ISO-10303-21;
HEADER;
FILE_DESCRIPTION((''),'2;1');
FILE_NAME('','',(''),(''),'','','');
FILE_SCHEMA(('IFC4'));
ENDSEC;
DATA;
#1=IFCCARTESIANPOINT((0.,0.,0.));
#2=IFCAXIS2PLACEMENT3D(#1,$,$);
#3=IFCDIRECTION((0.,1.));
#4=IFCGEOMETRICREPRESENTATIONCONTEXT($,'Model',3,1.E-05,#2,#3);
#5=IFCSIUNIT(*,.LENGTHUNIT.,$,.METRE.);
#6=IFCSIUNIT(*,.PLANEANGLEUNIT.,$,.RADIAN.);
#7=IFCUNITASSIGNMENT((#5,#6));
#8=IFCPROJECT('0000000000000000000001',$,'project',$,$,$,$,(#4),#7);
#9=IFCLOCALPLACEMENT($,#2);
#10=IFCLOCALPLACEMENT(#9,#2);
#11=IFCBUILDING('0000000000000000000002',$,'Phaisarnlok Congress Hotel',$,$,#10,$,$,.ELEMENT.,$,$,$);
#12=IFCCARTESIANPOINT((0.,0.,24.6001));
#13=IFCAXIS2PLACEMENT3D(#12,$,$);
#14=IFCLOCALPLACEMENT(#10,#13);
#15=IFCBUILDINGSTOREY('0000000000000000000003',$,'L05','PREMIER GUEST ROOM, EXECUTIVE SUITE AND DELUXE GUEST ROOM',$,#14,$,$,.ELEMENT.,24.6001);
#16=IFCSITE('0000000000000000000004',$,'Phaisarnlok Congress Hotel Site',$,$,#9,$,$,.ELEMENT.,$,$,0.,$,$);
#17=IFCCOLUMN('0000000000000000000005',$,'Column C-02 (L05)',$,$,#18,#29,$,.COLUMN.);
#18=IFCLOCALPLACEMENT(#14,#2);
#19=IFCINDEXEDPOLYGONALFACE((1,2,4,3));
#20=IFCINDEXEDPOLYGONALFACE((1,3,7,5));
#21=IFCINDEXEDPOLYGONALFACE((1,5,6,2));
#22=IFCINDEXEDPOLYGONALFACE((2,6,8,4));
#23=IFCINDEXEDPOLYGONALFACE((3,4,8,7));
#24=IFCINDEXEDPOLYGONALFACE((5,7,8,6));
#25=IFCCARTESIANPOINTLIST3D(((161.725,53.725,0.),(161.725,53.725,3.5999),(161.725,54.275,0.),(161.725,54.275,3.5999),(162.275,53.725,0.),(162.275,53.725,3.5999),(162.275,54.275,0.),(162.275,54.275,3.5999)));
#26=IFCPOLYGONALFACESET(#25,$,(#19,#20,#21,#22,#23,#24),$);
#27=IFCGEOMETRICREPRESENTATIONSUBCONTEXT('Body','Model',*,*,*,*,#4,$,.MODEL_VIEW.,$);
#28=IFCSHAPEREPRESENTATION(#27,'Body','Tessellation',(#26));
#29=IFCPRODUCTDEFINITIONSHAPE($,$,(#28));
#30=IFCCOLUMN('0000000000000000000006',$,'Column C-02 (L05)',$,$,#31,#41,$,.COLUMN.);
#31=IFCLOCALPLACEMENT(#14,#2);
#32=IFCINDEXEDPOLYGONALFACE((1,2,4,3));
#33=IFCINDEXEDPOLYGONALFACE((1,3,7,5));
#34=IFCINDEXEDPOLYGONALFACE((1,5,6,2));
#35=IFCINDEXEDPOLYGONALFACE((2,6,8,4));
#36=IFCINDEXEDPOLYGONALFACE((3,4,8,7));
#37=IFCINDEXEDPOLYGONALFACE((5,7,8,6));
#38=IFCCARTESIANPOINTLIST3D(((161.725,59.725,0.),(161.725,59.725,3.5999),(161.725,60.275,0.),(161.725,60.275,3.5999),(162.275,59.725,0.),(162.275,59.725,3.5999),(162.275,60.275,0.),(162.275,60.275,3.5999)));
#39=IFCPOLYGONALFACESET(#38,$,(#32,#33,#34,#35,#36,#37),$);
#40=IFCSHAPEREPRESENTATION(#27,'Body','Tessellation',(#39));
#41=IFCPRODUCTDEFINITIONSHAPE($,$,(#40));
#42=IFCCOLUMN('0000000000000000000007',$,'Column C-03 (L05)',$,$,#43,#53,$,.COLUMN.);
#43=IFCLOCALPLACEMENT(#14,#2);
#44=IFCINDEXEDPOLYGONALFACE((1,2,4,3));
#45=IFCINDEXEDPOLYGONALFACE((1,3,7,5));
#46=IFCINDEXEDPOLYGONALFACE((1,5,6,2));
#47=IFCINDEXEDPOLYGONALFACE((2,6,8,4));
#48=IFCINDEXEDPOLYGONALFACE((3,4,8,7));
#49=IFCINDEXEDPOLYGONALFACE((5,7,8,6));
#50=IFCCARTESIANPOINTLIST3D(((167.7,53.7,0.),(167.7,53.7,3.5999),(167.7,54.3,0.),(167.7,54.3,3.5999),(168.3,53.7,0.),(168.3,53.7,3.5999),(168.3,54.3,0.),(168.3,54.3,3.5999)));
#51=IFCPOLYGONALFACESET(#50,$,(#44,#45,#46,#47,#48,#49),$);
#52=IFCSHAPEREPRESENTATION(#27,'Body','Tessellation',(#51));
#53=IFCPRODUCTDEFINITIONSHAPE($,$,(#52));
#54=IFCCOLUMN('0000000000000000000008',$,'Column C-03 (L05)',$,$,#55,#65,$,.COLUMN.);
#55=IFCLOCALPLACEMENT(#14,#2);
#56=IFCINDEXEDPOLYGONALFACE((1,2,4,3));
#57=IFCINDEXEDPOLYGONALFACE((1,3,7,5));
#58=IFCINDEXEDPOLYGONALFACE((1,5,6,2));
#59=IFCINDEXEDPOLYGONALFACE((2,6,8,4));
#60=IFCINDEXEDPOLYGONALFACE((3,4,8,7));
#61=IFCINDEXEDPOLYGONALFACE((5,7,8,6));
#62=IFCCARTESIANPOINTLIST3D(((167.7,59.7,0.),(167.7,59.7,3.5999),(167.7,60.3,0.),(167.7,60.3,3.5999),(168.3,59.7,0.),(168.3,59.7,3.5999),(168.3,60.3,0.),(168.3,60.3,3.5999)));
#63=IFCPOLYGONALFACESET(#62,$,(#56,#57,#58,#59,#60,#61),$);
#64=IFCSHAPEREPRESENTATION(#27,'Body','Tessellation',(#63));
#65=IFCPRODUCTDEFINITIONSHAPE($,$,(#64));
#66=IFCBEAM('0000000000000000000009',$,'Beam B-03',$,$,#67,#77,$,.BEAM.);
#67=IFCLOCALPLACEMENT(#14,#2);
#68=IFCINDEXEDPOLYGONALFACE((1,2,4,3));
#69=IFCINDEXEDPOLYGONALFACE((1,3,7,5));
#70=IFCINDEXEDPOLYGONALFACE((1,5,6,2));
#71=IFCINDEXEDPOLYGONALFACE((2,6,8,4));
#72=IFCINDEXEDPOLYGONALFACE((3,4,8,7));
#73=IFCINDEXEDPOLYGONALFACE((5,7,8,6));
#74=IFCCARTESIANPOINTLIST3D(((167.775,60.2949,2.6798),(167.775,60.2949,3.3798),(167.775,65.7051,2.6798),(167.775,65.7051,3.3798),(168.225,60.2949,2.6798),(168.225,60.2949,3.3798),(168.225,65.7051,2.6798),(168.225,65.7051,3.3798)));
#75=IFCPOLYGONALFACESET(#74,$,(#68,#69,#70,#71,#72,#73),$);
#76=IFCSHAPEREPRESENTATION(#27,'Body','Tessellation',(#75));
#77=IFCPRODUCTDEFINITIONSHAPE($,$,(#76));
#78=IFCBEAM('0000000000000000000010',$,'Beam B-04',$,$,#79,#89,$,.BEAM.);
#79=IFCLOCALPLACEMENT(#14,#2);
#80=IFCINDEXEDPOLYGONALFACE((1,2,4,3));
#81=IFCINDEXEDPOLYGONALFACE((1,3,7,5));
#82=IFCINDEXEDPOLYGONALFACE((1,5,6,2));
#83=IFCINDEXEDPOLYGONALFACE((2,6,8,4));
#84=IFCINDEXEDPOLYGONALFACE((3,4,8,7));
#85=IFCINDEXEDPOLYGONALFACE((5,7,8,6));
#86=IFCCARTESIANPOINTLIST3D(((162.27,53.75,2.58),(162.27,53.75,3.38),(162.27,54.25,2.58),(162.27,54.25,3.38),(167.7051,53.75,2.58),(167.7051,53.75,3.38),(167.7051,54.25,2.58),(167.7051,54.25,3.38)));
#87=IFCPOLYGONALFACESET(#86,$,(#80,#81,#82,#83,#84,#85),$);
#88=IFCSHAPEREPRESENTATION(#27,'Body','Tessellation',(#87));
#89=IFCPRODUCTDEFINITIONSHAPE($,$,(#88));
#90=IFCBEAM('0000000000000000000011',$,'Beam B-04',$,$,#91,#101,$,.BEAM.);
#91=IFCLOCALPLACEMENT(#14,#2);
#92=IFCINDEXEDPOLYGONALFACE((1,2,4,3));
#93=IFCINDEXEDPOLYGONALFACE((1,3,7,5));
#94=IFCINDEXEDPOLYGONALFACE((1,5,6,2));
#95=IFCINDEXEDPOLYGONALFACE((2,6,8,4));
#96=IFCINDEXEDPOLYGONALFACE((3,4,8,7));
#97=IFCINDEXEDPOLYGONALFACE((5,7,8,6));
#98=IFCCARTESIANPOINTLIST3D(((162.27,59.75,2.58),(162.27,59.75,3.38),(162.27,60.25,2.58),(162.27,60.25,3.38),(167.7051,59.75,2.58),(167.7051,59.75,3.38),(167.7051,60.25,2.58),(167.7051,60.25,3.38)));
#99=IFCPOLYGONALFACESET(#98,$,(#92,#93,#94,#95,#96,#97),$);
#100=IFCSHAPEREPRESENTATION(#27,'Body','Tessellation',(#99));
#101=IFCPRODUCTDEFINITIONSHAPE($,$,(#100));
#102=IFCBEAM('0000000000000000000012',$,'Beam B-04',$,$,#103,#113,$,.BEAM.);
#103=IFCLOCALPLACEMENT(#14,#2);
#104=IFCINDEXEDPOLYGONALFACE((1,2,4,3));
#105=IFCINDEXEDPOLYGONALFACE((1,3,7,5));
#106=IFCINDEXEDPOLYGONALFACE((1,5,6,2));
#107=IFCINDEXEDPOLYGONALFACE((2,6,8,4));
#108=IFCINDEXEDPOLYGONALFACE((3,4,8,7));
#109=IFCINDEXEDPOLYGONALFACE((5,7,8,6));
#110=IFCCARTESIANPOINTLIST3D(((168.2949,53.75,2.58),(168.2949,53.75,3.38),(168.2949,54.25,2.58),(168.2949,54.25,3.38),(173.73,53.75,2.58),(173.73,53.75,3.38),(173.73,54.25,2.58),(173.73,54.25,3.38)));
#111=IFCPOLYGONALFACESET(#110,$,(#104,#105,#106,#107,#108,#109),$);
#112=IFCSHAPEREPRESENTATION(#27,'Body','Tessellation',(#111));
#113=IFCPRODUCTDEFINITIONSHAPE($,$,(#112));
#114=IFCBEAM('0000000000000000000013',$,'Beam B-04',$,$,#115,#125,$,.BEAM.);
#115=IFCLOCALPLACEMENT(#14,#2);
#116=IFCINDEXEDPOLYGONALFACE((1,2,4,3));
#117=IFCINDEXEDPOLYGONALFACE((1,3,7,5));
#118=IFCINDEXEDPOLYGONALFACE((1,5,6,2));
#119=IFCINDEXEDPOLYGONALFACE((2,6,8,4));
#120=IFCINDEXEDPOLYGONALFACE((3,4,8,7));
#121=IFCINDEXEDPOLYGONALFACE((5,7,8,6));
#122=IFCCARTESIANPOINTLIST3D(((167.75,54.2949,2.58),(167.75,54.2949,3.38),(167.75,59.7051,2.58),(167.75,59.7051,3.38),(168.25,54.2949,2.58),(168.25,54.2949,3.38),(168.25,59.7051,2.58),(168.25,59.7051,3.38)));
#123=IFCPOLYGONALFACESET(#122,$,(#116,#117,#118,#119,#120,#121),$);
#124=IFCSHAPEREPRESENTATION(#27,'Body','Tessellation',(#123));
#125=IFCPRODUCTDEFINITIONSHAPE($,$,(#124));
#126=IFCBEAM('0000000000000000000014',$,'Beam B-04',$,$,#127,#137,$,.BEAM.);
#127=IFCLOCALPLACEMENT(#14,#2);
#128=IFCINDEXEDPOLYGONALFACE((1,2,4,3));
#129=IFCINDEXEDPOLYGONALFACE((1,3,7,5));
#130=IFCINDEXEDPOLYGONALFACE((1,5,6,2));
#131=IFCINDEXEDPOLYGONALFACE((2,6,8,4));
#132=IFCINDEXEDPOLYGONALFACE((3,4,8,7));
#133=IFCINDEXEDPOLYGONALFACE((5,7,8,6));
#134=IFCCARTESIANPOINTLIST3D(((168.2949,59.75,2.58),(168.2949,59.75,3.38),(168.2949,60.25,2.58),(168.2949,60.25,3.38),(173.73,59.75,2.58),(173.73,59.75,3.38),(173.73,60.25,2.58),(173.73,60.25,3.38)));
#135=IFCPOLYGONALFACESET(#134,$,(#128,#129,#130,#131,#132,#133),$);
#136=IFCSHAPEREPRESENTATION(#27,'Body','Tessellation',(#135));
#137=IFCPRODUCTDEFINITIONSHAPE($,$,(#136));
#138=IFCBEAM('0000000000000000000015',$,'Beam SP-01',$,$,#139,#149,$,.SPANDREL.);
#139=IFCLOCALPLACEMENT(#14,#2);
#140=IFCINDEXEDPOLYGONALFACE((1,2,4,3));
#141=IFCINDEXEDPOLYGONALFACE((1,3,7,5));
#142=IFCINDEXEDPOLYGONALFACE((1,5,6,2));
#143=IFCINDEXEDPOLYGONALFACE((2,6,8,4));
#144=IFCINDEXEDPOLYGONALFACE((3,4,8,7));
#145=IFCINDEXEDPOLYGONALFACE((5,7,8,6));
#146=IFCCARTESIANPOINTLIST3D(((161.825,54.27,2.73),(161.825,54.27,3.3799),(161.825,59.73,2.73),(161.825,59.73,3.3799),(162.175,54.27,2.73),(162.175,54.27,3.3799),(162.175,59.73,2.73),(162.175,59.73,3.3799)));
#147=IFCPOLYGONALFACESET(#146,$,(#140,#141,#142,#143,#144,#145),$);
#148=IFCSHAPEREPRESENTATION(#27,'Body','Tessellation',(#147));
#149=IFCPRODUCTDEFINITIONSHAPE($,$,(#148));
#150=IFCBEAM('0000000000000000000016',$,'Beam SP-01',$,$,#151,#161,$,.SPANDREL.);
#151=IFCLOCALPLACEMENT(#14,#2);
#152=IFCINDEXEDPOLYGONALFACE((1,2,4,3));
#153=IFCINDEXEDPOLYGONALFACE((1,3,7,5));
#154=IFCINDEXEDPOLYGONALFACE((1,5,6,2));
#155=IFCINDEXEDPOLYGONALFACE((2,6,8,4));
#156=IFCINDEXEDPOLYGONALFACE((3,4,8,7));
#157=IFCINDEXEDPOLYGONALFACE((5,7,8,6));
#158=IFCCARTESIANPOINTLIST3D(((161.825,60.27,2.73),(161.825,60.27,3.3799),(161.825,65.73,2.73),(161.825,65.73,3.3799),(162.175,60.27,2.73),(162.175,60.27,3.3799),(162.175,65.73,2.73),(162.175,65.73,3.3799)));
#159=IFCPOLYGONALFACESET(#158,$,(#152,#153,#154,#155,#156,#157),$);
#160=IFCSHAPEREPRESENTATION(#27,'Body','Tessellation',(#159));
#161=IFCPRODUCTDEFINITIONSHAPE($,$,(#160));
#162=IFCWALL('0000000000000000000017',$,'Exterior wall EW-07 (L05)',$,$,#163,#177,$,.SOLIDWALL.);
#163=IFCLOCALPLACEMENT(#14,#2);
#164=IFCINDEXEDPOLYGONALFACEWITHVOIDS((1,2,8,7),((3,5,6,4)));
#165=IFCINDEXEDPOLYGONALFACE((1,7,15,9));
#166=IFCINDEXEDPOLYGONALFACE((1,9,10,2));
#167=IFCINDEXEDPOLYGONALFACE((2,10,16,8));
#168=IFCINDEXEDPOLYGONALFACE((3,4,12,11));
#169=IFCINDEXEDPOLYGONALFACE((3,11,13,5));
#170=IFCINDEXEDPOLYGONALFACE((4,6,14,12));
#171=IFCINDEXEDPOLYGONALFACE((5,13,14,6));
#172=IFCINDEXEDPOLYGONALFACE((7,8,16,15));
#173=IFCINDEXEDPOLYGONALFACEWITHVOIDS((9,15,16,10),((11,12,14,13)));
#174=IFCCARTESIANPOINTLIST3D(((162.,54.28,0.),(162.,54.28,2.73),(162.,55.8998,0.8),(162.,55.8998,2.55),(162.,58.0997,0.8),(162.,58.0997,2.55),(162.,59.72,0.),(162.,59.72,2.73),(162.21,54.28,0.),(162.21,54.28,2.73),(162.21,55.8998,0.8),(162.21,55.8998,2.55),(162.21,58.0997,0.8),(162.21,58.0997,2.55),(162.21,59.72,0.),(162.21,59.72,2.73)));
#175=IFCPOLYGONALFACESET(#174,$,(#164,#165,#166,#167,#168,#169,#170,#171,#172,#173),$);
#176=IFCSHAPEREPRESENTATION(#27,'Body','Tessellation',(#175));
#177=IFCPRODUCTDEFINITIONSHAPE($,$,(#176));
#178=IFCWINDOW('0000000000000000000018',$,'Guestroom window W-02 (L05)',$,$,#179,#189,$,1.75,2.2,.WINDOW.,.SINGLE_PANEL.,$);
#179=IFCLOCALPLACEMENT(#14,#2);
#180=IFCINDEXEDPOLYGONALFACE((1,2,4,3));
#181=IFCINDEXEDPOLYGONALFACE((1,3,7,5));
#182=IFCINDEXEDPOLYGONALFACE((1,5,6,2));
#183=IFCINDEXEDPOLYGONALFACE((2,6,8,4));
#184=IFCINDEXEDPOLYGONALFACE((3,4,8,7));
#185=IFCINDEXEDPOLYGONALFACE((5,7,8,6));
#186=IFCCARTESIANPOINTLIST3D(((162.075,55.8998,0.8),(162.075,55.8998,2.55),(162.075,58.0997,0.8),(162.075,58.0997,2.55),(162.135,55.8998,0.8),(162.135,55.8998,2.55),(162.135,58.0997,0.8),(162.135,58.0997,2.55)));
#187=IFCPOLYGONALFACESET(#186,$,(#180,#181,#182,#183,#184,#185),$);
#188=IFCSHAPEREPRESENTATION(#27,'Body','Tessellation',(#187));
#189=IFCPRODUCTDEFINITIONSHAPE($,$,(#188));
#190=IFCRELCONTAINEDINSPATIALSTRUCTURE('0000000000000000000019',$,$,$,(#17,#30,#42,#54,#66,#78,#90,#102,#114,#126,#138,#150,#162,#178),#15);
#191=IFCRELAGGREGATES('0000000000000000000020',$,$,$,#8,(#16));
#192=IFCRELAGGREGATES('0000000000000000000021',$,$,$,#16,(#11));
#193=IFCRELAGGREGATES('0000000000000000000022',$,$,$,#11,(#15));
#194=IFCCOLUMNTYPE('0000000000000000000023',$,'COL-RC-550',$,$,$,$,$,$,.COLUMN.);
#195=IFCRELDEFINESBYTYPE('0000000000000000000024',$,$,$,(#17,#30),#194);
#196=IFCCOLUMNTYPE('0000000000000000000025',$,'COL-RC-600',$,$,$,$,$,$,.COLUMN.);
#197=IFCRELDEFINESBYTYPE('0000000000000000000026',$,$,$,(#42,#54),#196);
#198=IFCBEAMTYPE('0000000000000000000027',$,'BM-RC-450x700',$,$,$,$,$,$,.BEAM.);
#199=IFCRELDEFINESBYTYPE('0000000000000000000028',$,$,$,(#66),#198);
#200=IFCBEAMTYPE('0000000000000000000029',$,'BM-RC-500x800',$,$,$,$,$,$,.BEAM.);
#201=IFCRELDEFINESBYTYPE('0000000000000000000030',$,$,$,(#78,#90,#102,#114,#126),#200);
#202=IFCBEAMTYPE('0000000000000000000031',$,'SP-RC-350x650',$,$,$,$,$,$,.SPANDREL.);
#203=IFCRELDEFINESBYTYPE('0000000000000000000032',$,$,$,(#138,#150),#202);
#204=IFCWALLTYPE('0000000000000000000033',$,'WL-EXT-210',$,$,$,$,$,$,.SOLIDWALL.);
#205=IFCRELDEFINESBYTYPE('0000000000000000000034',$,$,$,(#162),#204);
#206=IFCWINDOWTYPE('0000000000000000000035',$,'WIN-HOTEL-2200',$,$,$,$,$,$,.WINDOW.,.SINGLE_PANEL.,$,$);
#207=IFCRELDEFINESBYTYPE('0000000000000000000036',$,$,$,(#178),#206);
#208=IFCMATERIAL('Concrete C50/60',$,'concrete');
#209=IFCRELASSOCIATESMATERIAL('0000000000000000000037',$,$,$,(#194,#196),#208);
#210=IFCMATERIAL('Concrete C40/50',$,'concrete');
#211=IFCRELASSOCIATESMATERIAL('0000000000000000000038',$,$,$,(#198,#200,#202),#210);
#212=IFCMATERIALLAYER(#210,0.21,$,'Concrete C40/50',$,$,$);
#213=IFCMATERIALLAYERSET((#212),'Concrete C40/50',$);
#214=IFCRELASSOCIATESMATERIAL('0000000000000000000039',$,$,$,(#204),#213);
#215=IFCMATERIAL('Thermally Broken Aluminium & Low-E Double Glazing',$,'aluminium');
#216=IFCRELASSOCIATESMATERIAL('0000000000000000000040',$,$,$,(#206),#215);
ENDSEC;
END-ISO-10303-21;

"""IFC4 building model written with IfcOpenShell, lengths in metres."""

from ifc_helpers import new_model, si_unit, direction, frame, frame_2d, origin, origin_2d, place, context, subcontext, project, spatial, rectangle, extrude, material, layer, layer_set, material_profile, profile_set, type_object, element, fill, save


model = new_model("IFC4")

# Units and contexts
model_context = context("Model", 3, precision=1e-05, world=origin(), true_north=direction((0.0, 1.0)))
body_context = subcontext(model_context, "Body", "Model", "MODEL_VIEW")
ifc_project = project(units=[si_unit("LENGTHUNIT", "METRE"), si_unit("PLANEANGLEUNIT", "RADIAN")], contexts=[model_context])

# Site, building, storey
site_placement = place(None, origin())
site = spatial("IfcSite", under=ifc_project, at=site_placement, Name="Phaisarnlok Congress Hotel Site", CompositionType="ELEMENT", RefElevation=0.0)
building_placement = place(site_placement, origin())
building = spatial("IfcBuilding", under=site, at=building_placement, Name="Phaisarnlok Congress Hotel", CompositionType="ELEMENT")
storey_placement = place(building_placement, frame((0.0, 0.0, 24.6001)))
storey = spatial("IfcBuildingStorey", under=building, at=storey_placement, Name="L05", Description="PREMIER GUEST ROOM, EXECUTIVE SUITE AND DELUXE GUEST ROOM", CompositionType="ELEMENT", Elevation=24.6001)

# Columns
ifc_material_1 = material(Name="Concrete C50/60", Category="concrete")
ifc_material_profile_1 = material_profile(ifc_material_1, rectangle(XDim=0.55, YDim=0.55, at=origin_2d()), Name="RC 550x550")
ifc_profile_set_1 = profile_set([ifc_material_profile_1], Name="Concrete C50/60")
column_type_1 = type_object("IfcColumnType", Name="COL-RC-550", PredefinedType="COLUMN", material=ifc_profile_set_1)
for number, where, z_axis, x_axis, name in (
    (1, (162.0, 54.0, 0.0), (0.0, 0.0, 1.0), (1.0, 0.0, 0.0), "Column C-02 (L05)"),
    (2, (162.0, 60.0, 0.0), (0.0, 0.0, 1.0), (1.0, 0.0, 0.0), "Column C-02 (L05)"),
):
    element("IfcColumn", number, at=place(storey_placement, frame(where, z_axis=z_axis, x_axis=x_axis)), inside=storey, type_object=column_type_1, Name=name, PredefinedType="COLUMN", context=body_context, shape_type="SweptSolid", body=[
        extrude(rectangle(XDim=0.55, YDim=0.55, at=origin_2d()), origin(), (0.0, 0.0, 1.0), 3.5999),
    ])
ifc_material_profile_2 = material_profile(ifc_material_1, rectangle(XDim=0.6001, YDim=0.6001, at=origin_2d()), Name="RC 600x600")
ifc_profile_set_2 = profile_set([ifc_material_profile_2], Name="Concrete C50/60")
column_type_2 = type_object("IfcColumnType", Name="COL-RC-600", PredefinedType="COLUMN", material=ifc_profile_set_2)
for number, where, z_axis, x_axis, name in (
    (3, (168.0, 54.0, 0.0), (0.0, 0.0, 1.0), (1.0, 0.0, 0.0), "Column C-03 (L05)"),
    (4, (168.0, 60.0, 0.0), (0.0, 0.0, 1.0), (1.0, 0.0, 0.0), "Column C-03 (L05)"),
):
    element("IfcColumn", number, at=place(storey_placement, frame(where, z_axis=z_axis, x_axis=x_axis)), inside=storey, type_object=column_type_2, Name=name, PredefinedType="COLUMN", context=body_context, shape_type="SweptSolid", body=[
        extrude(rectangle(XDim=0.6001, YDim=0.6001, at=origin_2d()), origin(), (0.0, 0.0, 1.0), 3.5999),
    ])

# Beams
ifc_material_2 = material(Name="Concrete C40/50", Category="concrete")
ifc_material_profile_3 = material_profile(ifc_material_2, rectangle(XDim=0.45, YDim=0.7, at=origin_2d()), Name="RC 450x700")
ifc_profile_set_3 = profile_set([ifc_material_profile_3], Name="Concrete C40/50")
beam_type_1 = type_object("IfcBeamType", Name="BM-RC-450x700", PredefinedType="BEAM", material=ifc_profile_set_3)
beam_1_placement = place(storey_placement, frame((168.0, 60.2949, 3.0298), z_axis=(0.0, 1.0, 0.0), x_axis=(-1.0, 0.0, 0.0)))
element("IfcBeam", 5, at=beam_1_placement, inside=storey, type_object=beam_type_1, Name="Beam B-03", PredefinedType="BEAM", context=body_context, shape_type="SweptSolid", body=[
    extrude(rectangle(XDim=0.45, YDim=0.7, at=origin_2d()), origin(), (0.0, 0.0, 1.0), 5.4102),
])
ifc_material_profile_4 = material_profile(ifc_material_2, rectangle(XDim=0.5, YDim=0.8, at=origin_2d()), Name="RC 500x800")
ifc_profile_set_4 = profile_set([ifc_material_profile_4], Name="Concrete C40/50")
beam_type_2 = type_object("IfcBeamType", Name="BM-RC-500x800", PredefinedType="BEAM", material=ifc_profile_set_4)
for number, where, z_axis, x_axis, name in (
    (6, (162.27, 54.0, 2.98), (1.0, 0.0, 0.0), (0.0, 1.0, 0.0), "Beam B-04"),
    (7, (162.27, 60.0, 2.98), (1.0, 0.0, 0.0), (0.0, 1.0, 0.0), "Beam B-04"),
    (8, (168.2949, 54.0, 2.98), (1.0, 0.0, 0.0), (0.0, 1.0, 0.0), "Beam B-04"),
):
    element("IfcBeam", number, at=place(storey_placement, frame(where, z_axis=z_axis, x_axis=x_axis)), inside=storey, type_object=beam_type_2, Name=name, PredefinedType="BEAM", context=body_context, shape_type="SweptSolid", body=[
        extrude(rectangle(XDim=0.5, YDim=0.8, at=origin_2d()), origin(), (0.0, 0.0, 1.0), 5.4351),
    ])
beam_2_placement = place(storey_placement, frame((168.0, 54.2949, 2.98), z_axis=(0.0, 1.0, 0.0), x_axis=(-1.0, 0.0, 0.0)))
element("IfcBeam", 9, at=beam_2_placement, inside=storey, type_object=beam_type_2, Name="Beam B-04", PredefinedType="BEAM", context=body_context, shape_type="SweptSolid", body=[
    extrude(rectangle(XDim=0.5, YDim=0.8, at=origin_2d()), origin(), (0.0, 0.0, 1.0), 5.4102),
])
beam_3_placement = place(storey_placement, frame((168.2949, 60.0, 2.98), z_axis=(1.0, 0.0, 0.0), x_axis=(0.0, 1.0, 0.0)))
element("IfcBeam", 10, at=beam_3_placement, inside=storey, type_object=beam_type_2, Name="Beam B-04", PredefinedType="BEAM", context=body_context, shape_type="SweptSolid", body=[
    extrude(rectangle(XDim=0.5, YDim=0.8, at=origin_2d()), origin(), (0.0, 0.0, 1.0), 5.4351),
])
ifc_material_profile_5 = material_profile(ifc_material_2, rectangle(XDim=0.3501, YDim=0.6499, at=origin_2d()), Name="RC 350x650")
ifc_profile_set_5 = profile_set([ifc_material_profile_5], Name="Concrete C40/50")
beam_type_3 = type_object("IfcBeamType", Name="SP-RC-350x650", PredefinedType="SPANDREL", material=ifc_profile_set_5)
for number, where, z_axis, x_axis, name in (
    (11, (162.0, 54.27, 3.0549), (0.0, 1.0, 0.0), (-1.0, 0.0, 0.0), "Beam SP-01"),
    (12, (162.0, 60.27, 3.0549), (0.0, 1.0, 0.0), (-1.0, 0.0, 0.0), "Beam SP-01"),
):
    element("IfcBeam", number, at=place(storey_placement, frame(where, z_axis=z_axis, x_axis=x_axis)), inside=storey, type_object=beam_type_3, Name=name, PredefinedType="SPANDREL", context=body_context, shape_type="SweptSolid", body=[
        extrude(rectangle(XDim=0.3501, YDim=0.6499, at=origin_2d()), origin(), (0.0, 0.0, 1.0), 5.46),
    ])

# Wall, opening, window
ifc_layer_1 = layer(ifc_material_2, 0.21, Name="Concrete C40/50")
ifc_layer_set_1 = layer_set([ifc_layer_1], Name="Concrete C40/50")
wall_type_1 = type_object("IfcWallType", Name="WL-EXT-210", PredefinedType="SOLIDWALL", material=ifc_layer_set_1)
wall_1_placement = place(storey_placement, frame((162.105, 59.72, 0.0), z_axis=(0.0, 0.0, 1.0), x_axis=(0.0, -1.0, 0.0)))
wall_1 = element("IfcWall", 13, at=wall_1_placement, inside=storey, type_object=wall_type_1, Name="Exterior wall EW-07 (L05)", PredefinedType="SOLIDWALL", context=body_context, shape_type="SweptSolid", body=[
    extrude(rectangle(XDim=5.4399, YDim=0.21, at=frame_2d((2.72, 0.0))), origin(), (0.0, 0.0, 1.0), 2.73),
])
opening_1_placement = place(wall_1_placement, frame((1.6201, 0.0, 0.8)))
opening_1 = element("IfcOpeningElement", 14, at=opening_1_placement, cuts=wall_1, PredefinedType="OPENING", context=body_context, shape_type="SweptSolid", body=[
    extrude(rectangle(XDim=2.2, YDim=1.75, at=frame_2d((1.1001, 0.875))), frame((0.0, 0.115, 0.0), z_axis=(0.0, -1.0, 0.0), x_axis=(1.0, 0.0, 0.0)), (0.0, 0.0, 1.0), 0.23),
])
ifc_material_3 = material(Name="Thermally Broken Aluminium & Low-E Double Glazing", Category="aluminium")
window_type = type_object("IfcWindowType", Name="WIN-HOTEL-2200", PartitioningType="SINGLE_PANEL", PredefinedType="WINDOW", material=ifc_material_3)
window_1_placement = place(opening_1_placement, origin())
window_1 = element("IfcWindow", 15, at=window_1_placement, inside=storey, type_object=window_type, Name="Guestroom window W-02 (L05)", OverallHeight=1.75, OverallWidth=2.2, PartitioningType="SINGLE_PANEL", PredefinedType="WINDOW", context=body_context, shape_type="SweptSolid", body=[
    extrude(rectangle(XDim=2.2, YDim=1.75, at=frame_2d((1.1001, 0.875))), frame((0.0, 0.03, 0.0), z_axis=(0.0, -1.0, 0.0), x_axis=(1.0, 0.0, 0.0)), (0.0, 0.0, 1.0), 0.0601),
])
fill(opening_1, window_1)

save(model, "model.ifc")
